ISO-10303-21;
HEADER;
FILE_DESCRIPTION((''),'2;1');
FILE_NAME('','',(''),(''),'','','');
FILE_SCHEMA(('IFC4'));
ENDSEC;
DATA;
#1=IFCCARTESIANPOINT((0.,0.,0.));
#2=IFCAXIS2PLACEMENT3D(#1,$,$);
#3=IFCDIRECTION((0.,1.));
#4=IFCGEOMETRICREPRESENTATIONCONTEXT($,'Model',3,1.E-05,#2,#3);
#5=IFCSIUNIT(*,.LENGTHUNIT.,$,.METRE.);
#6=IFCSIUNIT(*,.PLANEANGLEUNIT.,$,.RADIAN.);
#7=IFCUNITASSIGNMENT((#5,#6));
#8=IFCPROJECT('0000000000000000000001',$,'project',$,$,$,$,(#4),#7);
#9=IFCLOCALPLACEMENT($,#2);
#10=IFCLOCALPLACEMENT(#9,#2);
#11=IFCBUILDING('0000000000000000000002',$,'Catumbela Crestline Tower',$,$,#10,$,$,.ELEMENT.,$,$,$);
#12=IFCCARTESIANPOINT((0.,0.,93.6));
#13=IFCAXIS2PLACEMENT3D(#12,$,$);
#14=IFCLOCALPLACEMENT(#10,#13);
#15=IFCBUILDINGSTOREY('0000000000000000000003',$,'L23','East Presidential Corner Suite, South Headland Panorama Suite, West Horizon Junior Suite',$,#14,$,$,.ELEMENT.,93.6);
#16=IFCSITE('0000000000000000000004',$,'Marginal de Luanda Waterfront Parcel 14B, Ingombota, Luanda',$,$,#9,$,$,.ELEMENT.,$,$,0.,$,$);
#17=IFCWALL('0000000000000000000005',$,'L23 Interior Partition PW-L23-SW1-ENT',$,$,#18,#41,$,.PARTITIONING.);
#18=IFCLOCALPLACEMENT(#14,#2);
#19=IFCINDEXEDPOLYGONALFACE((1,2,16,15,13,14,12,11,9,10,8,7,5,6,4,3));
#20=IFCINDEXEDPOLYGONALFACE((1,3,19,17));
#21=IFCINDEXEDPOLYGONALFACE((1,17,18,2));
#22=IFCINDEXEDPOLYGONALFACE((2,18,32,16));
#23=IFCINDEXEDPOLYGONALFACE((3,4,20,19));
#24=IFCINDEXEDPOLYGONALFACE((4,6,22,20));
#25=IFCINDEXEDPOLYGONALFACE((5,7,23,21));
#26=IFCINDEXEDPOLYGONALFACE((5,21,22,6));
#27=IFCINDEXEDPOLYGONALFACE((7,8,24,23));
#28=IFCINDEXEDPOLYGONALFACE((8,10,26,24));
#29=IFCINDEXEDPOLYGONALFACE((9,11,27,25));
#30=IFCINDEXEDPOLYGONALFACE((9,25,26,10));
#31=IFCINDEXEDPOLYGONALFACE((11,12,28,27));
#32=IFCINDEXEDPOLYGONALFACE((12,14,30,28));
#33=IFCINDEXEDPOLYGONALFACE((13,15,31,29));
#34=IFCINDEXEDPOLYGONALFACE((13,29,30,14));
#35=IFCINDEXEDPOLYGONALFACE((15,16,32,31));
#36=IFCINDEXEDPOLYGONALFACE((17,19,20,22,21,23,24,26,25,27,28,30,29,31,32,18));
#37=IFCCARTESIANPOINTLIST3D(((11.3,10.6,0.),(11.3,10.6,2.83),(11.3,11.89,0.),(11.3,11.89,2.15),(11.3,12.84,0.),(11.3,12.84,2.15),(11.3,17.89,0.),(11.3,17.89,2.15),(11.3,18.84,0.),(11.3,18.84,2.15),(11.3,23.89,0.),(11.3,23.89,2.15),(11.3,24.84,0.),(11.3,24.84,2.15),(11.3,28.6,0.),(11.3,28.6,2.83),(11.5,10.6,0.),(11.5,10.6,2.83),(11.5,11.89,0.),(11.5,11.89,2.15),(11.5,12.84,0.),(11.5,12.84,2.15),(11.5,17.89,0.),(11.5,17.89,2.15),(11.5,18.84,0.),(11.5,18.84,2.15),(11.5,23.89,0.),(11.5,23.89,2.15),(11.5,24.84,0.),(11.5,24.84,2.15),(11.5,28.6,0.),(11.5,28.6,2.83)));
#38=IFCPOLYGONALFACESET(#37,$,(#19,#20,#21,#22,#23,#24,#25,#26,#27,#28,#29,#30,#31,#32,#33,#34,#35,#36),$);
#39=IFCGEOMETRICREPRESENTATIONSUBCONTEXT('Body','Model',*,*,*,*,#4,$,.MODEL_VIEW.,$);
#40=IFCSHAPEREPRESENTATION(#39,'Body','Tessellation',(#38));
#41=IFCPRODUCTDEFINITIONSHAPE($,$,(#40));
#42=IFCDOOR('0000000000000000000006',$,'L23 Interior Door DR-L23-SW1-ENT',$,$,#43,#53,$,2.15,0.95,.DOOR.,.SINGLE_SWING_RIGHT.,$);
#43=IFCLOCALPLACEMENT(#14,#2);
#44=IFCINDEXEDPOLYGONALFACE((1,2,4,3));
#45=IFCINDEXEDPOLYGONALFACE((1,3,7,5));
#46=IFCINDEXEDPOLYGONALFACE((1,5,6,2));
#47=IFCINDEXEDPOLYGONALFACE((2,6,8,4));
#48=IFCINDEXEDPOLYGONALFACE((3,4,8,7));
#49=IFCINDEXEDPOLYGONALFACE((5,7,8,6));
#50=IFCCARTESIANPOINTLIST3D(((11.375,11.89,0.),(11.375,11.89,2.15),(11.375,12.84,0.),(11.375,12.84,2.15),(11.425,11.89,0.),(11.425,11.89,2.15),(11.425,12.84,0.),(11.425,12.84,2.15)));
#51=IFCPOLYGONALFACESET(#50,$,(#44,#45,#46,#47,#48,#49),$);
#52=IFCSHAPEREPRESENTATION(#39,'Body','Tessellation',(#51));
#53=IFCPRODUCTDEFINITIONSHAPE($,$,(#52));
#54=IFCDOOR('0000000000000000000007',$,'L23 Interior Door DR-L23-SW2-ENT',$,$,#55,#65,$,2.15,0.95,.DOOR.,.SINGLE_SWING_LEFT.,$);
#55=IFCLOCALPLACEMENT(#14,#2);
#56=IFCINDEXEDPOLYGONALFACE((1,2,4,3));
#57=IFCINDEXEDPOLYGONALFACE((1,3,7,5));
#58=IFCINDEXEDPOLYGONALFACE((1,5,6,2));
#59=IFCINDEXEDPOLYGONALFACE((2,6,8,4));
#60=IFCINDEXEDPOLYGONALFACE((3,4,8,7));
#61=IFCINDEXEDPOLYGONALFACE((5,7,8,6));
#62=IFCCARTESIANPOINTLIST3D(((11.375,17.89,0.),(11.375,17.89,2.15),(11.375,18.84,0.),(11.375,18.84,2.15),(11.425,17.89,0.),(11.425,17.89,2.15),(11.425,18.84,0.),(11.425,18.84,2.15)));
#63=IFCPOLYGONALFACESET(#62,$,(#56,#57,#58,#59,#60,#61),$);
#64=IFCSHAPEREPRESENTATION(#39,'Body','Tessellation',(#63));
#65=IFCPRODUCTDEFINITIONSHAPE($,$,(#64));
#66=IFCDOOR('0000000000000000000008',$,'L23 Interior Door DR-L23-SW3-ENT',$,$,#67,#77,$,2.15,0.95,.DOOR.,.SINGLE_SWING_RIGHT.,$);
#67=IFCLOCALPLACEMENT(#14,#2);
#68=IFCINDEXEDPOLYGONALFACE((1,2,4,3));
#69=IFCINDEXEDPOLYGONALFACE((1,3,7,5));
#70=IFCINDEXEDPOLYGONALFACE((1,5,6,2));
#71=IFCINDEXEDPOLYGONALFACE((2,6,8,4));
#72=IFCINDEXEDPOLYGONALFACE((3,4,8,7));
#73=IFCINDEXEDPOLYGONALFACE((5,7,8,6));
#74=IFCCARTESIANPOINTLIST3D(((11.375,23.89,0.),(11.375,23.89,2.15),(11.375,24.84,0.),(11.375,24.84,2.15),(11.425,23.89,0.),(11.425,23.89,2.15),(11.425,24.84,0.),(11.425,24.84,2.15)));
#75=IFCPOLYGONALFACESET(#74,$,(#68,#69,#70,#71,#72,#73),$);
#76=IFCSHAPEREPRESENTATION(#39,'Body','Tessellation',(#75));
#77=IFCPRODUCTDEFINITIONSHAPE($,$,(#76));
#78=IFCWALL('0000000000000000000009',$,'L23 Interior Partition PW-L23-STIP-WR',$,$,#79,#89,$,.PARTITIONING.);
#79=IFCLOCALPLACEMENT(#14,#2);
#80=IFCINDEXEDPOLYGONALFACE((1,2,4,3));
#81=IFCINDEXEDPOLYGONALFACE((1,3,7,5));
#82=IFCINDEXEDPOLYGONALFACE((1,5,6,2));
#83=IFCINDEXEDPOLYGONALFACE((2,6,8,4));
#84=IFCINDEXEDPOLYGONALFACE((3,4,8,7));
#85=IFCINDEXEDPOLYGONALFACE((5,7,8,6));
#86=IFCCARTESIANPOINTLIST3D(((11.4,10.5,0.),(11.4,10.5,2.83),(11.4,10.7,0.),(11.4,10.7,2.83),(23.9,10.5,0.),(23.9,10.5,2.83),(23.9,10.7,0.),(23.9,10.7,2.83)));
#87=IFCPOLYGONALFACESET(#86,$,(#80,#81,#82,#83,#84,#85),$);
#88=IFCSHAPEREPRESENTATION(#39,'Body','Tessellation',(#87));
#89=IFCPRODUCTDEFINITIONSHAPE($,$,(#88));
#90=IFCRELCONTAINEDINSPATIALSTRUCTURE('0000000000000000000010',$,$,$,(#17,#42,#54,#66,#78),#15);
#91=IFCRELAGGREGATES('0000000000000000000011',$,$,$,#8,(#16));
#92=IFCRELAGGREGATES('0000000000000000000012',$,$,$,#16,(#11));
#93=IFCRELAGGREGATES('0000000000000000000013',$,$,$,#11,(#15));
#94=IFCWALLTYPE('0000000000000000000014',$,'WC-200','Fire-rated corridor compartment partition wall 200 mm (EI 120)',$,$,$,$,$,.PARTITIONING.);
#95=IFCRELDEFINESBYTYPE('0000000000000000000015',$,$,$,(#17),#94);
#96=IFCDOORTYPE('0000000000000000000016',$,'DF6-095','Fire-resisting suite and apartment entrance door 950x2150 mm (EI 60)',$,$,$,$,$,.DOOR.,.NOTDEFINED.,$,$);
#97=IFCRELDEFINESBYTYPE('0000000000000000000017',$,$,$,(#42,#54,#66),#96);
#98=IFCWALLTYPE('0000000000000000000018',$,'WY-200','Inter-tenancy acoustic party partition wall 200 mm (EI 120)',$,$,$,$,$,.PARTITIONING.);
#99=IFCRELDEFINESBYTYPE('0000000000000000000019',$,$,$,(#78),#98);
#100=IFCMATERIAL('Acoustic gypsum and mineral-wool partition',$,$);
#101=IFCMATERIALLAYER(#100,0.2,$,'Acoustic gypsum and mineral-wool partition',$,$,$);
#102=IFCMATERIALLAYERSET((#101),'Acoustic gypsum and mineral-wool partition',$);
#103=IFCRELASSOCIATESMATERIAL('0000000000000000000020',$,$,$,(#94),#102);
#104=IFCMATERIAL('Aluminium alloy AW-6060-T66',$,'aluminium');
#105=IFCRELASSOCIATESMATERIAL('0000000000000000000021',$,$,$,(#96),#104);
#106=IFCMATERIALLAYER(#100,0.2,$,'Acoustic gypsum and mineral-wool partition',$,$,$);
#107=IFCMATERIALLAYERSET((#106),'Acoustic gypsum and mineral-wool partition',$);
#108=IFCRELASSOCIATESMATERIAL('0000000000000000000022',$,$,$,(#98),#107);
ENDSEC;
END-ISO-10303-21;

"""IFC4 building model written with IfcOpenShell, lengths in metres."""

from ifc_helpers import new_model, si_unit, direction, frame, frame_2d, origin, place, context, subcontext, project, spatial, rectangle, extrude, material, layer, layer_set, type_object, element, fill, save


model = new_model("IFC4")

# Units and contexts
model_context = context("Model", 3, precision=1e-05, world=origin(), true_north=direction((0.0, 1.0)))
body_context = subcontext(model_context, "Body", "Model", "MODEL_VIEW")
ifc_project = project(units=[si_unit("LENGTHUNIT", "METRE"), si_unit("PLANEANGLEUNIT", "RADIAN")], contexts=[model_context])

# Site, building, storey
site_placement = place(None, origin())
site = spatial("IfcSite", under=ifc_project, at=site_placement, Name="Marginal de Luanda Waterfront Parcel 14B, Ingombota, Luanda", CompositionType="ELEMENT", RefElevation=0.0)
building_placement = place(site_placement, origin())
building = spatial("IfcBuilding", under=site, at=building_placement, Name="Catumbela Crestline Tower", CompositionType="ELEMENT")
storey_placement = place(building_placement, frame((0.0, 0.0, 93.6)))
storey = spatial("IfcBuildingStorey", under=building, at=storey_placement, Name="L23", Description="East Presidential Corner Suite, South Headland Panorama Suite, West Horizon Junior Suite", CompositionType="ELEMENT", Elevation=93.6)

# Shared definitions
ifc_material_1 = material(Name="Acoustic gypsum and mineral-wool partition")
ifc_layer_1 = layer(ifc_material_1, 0.2, Name="Acoustic gypsum and mineral-wool partition")
ifc_layer_set_1 = layer_set([ifc_layer_1], Name="Acoustic gypsum and mineral-wool partition")
wall_type_1 = type_object("IfcWallType", Name="WC-200", Description="Fire-rated corridor compartment partition wall 200 mm (EI 120)", PredefinedType="PARTITIONING", material=ifc_layer_set_1)
ifc_material_2 = material(Name="Aluminium alloy AW-6060-T66", Category="aluminium")
door_type = type_object("IfcDoorType", Name="DF6-095", Description="Fire-resisting suite and apartment entrance door 950x2150 mm (EI 60)", OperationType="NOTDEFINED", PredefinedType="DOOR", material=ifc_material_2)

# Wall, openings, doors
wall_1_placement = place(storey_placement, frame((11.4, 10.6, 0.0), z_axis=(0.0, 0.0, 1.0), x_axis=(0.0, 1.0, 0.0)))
wall_1 = element("IfcWall", 1, at=wall_1_placement, inside=storey, type_object=wall_type_1, Name="L23 Interior Partition PW-L23-SW1-ENT", PredefinedType="PARTITIONING", context=body_context, shape_type="SweptSolid", body=[
    extrude(rectangle(XDim=18.0, YDim=0.2, at=frame_2d((9.0, 0.0))), origin(), (0.0, 0.0, 1.0), 2.83),
])
opening_1_placement = place(wall_1_placement, frame((1.29, 0.0, 0.0)))
opening_1 = element("IfcOpeningElement", 2, at=opening_1_placement, cuts=wall_1, PredefinedType="OPENING", context=body_context, shape_type="SweptSolid", body=[
    extrude(rectangle(XDim=0.95, YDim=2.15, at=frame_2d((0.475, 1.075))), frame((0.0, 0.11, 0.0), z_axis=(0.0, -1.0, 0.0), x_axis=(1.0, 0.0, 0.0)), (0.0, 0.0, 1.0), 0.22),
])
opening_2_placement = place(wall_1_placement, frame((7.29, 0.0, 0.0)))
opening_2 = element("IfcOpeningElement", 3, at=opening_2_placement, cuts=wall_1, PredefinedType="OPENING", context=body_context, shape_type="SweptSolid", body=[
    extrude(rectangle(XDim=0.95, YDim=2.15, at=frame_2d((0.475, 1.075))), frame((0.0, 0.11, 0.0), z_axis=(0.0, -1.0, 0.0), x_axis=(1.0, 0.0, 0.0)), (0.0, 0.0, 1.0), 0.22),
])
opening_3_placement = place(wall_1_placement, frame((13.29, 0.0, 0.0)))
opening_3 = element("IfcOpeningElement", 4, at=opening_3_placement, cuts=wall_1, PredefinedType="OPENING", context=body_context, shape_type="SweptSolid", body=[
    extrude(rectangle(XDim=0.95, YDim=2.15, at=frame_2d((0.475, 1.075))), frame((0.0, 0.11, 0.0), z_axis=(0.0, -1.0, 0.0), x_axis=(1.0, 0.0, 0.0)), (0.0, 0.0, 1.0), 0.22),
])
door_1_placement = place(opening_1_placement, origin())
door_1 = element("IfcDoor", 5, at=door_1_placement, inside=storey, type_object=door_type, Name="L23 Interior Door DR-L23-SW1-ENT", OperationType="SINGLE_SWING_RIGHT", OverallHeight=2.15, OverallWidth=0.95, PredefinedType="DOOR", context=body_context, shape_type="SweptSolid", body=[
    extrude(rectangle(XDim=0.95, YDim=2.15, at=frame_2d((0.475, 1.075))), frame((0.0, 0.025, 0.0), z_axis=(0.0, -1.0, 0.0), x_axis=(1.0, 0.0, 0.0)), (0.0, 0.0, 1.0), 0.05),
])
fill(opening_1, door_1)
door_2_placement = place(opening_2_placement, origin())
door_2 = element("IfcDoor", 6, at=door_2_placement, inside=storey, type_object=door_type, Name="L23 Interior Door DR-L23-SW2-ENT", OperationType="SINGLE_SWING_LEFT", OverallHeight=2.15, OverallWidth=0.95, PredefinedType="DOOR", context=body_context, shape_type="SweptSolid", body=[
    extrude(rectangle(XDim=0.95, YDim=2.15, at=frame_2d((0.475, 1.075))), frame((0.0, 0.025, 0.0), z_axis=(0.0, -1.0, 0.0), x_axis=(1.0, 0.0, 0.0)), (0.0, 0.0, 1.0), 0.05),
])
fill(opening_2, door_2)
door_3_placement = place(opening_3_placement, origin())
door_3 = element("IfcDoor", 7, at=door_3_placement, inside=storey, type_object=door_type, Name="L23 Interior Door DR-L23-SW3-ENT", OperationType="SINGLE_SWING_RIGHT", OverallHeight=2.15, OverallWidth=0.95, PredefinedType="DOOR", context=body_context, shape_type="SweptSolid", body=[
    extrude(rectangle(XDim=0.95, YDim=2.15, at=frame_2d((0.475, 1.075))), frame((0.0, 0.025, 0.0), z_axis=(0.0, -1.0, 0.0), x_axis=(1.0, 0.0, 0.0)), (0.0, 0.0, 1.0), 0.05),
])
fill(opening_3, door_3)

# Wall
ifc_layer_2 = layer(ifc_material_1, 0.2, Name="Acoustic gypsum and mineral-wool partition")
ifc_layer_set_2 = layer_set([ifc_layer_2], Name="Acoustic gypsum and mineral-wool partition")
wall_type_2 = type_object("IfcWallType", Name="WY-200", Description="Inter-tenancy acoustic party partition wall 200 mm (EI 120)", PredefinedType="PARTITIONING", material=ifc_layer_set_2)
wall_2_placement = place(storey_placement, frame((11.4, 10.6, 0.0), z_axis=(0.0, 0.0, 1.0), x_axis=(1.0, 0.0, 0.0)))
element("IfcWall", 8, at=wall_2_placement, inside=storey, type_object=wall_type_2, Name="L23 Interior Partition PW-L23-STIP-WR", PredefinedType="PARTITIONING", context=body_context, shape_type="SweptSolid", body=[
    extrude(rectangle(XDim=12.5, YDim=0.2, at=frame_2d((6.25, 0.0))), origin(), (0.0, 0.0, 1.0), 2.83),
])

save(model, "model.ifc")
